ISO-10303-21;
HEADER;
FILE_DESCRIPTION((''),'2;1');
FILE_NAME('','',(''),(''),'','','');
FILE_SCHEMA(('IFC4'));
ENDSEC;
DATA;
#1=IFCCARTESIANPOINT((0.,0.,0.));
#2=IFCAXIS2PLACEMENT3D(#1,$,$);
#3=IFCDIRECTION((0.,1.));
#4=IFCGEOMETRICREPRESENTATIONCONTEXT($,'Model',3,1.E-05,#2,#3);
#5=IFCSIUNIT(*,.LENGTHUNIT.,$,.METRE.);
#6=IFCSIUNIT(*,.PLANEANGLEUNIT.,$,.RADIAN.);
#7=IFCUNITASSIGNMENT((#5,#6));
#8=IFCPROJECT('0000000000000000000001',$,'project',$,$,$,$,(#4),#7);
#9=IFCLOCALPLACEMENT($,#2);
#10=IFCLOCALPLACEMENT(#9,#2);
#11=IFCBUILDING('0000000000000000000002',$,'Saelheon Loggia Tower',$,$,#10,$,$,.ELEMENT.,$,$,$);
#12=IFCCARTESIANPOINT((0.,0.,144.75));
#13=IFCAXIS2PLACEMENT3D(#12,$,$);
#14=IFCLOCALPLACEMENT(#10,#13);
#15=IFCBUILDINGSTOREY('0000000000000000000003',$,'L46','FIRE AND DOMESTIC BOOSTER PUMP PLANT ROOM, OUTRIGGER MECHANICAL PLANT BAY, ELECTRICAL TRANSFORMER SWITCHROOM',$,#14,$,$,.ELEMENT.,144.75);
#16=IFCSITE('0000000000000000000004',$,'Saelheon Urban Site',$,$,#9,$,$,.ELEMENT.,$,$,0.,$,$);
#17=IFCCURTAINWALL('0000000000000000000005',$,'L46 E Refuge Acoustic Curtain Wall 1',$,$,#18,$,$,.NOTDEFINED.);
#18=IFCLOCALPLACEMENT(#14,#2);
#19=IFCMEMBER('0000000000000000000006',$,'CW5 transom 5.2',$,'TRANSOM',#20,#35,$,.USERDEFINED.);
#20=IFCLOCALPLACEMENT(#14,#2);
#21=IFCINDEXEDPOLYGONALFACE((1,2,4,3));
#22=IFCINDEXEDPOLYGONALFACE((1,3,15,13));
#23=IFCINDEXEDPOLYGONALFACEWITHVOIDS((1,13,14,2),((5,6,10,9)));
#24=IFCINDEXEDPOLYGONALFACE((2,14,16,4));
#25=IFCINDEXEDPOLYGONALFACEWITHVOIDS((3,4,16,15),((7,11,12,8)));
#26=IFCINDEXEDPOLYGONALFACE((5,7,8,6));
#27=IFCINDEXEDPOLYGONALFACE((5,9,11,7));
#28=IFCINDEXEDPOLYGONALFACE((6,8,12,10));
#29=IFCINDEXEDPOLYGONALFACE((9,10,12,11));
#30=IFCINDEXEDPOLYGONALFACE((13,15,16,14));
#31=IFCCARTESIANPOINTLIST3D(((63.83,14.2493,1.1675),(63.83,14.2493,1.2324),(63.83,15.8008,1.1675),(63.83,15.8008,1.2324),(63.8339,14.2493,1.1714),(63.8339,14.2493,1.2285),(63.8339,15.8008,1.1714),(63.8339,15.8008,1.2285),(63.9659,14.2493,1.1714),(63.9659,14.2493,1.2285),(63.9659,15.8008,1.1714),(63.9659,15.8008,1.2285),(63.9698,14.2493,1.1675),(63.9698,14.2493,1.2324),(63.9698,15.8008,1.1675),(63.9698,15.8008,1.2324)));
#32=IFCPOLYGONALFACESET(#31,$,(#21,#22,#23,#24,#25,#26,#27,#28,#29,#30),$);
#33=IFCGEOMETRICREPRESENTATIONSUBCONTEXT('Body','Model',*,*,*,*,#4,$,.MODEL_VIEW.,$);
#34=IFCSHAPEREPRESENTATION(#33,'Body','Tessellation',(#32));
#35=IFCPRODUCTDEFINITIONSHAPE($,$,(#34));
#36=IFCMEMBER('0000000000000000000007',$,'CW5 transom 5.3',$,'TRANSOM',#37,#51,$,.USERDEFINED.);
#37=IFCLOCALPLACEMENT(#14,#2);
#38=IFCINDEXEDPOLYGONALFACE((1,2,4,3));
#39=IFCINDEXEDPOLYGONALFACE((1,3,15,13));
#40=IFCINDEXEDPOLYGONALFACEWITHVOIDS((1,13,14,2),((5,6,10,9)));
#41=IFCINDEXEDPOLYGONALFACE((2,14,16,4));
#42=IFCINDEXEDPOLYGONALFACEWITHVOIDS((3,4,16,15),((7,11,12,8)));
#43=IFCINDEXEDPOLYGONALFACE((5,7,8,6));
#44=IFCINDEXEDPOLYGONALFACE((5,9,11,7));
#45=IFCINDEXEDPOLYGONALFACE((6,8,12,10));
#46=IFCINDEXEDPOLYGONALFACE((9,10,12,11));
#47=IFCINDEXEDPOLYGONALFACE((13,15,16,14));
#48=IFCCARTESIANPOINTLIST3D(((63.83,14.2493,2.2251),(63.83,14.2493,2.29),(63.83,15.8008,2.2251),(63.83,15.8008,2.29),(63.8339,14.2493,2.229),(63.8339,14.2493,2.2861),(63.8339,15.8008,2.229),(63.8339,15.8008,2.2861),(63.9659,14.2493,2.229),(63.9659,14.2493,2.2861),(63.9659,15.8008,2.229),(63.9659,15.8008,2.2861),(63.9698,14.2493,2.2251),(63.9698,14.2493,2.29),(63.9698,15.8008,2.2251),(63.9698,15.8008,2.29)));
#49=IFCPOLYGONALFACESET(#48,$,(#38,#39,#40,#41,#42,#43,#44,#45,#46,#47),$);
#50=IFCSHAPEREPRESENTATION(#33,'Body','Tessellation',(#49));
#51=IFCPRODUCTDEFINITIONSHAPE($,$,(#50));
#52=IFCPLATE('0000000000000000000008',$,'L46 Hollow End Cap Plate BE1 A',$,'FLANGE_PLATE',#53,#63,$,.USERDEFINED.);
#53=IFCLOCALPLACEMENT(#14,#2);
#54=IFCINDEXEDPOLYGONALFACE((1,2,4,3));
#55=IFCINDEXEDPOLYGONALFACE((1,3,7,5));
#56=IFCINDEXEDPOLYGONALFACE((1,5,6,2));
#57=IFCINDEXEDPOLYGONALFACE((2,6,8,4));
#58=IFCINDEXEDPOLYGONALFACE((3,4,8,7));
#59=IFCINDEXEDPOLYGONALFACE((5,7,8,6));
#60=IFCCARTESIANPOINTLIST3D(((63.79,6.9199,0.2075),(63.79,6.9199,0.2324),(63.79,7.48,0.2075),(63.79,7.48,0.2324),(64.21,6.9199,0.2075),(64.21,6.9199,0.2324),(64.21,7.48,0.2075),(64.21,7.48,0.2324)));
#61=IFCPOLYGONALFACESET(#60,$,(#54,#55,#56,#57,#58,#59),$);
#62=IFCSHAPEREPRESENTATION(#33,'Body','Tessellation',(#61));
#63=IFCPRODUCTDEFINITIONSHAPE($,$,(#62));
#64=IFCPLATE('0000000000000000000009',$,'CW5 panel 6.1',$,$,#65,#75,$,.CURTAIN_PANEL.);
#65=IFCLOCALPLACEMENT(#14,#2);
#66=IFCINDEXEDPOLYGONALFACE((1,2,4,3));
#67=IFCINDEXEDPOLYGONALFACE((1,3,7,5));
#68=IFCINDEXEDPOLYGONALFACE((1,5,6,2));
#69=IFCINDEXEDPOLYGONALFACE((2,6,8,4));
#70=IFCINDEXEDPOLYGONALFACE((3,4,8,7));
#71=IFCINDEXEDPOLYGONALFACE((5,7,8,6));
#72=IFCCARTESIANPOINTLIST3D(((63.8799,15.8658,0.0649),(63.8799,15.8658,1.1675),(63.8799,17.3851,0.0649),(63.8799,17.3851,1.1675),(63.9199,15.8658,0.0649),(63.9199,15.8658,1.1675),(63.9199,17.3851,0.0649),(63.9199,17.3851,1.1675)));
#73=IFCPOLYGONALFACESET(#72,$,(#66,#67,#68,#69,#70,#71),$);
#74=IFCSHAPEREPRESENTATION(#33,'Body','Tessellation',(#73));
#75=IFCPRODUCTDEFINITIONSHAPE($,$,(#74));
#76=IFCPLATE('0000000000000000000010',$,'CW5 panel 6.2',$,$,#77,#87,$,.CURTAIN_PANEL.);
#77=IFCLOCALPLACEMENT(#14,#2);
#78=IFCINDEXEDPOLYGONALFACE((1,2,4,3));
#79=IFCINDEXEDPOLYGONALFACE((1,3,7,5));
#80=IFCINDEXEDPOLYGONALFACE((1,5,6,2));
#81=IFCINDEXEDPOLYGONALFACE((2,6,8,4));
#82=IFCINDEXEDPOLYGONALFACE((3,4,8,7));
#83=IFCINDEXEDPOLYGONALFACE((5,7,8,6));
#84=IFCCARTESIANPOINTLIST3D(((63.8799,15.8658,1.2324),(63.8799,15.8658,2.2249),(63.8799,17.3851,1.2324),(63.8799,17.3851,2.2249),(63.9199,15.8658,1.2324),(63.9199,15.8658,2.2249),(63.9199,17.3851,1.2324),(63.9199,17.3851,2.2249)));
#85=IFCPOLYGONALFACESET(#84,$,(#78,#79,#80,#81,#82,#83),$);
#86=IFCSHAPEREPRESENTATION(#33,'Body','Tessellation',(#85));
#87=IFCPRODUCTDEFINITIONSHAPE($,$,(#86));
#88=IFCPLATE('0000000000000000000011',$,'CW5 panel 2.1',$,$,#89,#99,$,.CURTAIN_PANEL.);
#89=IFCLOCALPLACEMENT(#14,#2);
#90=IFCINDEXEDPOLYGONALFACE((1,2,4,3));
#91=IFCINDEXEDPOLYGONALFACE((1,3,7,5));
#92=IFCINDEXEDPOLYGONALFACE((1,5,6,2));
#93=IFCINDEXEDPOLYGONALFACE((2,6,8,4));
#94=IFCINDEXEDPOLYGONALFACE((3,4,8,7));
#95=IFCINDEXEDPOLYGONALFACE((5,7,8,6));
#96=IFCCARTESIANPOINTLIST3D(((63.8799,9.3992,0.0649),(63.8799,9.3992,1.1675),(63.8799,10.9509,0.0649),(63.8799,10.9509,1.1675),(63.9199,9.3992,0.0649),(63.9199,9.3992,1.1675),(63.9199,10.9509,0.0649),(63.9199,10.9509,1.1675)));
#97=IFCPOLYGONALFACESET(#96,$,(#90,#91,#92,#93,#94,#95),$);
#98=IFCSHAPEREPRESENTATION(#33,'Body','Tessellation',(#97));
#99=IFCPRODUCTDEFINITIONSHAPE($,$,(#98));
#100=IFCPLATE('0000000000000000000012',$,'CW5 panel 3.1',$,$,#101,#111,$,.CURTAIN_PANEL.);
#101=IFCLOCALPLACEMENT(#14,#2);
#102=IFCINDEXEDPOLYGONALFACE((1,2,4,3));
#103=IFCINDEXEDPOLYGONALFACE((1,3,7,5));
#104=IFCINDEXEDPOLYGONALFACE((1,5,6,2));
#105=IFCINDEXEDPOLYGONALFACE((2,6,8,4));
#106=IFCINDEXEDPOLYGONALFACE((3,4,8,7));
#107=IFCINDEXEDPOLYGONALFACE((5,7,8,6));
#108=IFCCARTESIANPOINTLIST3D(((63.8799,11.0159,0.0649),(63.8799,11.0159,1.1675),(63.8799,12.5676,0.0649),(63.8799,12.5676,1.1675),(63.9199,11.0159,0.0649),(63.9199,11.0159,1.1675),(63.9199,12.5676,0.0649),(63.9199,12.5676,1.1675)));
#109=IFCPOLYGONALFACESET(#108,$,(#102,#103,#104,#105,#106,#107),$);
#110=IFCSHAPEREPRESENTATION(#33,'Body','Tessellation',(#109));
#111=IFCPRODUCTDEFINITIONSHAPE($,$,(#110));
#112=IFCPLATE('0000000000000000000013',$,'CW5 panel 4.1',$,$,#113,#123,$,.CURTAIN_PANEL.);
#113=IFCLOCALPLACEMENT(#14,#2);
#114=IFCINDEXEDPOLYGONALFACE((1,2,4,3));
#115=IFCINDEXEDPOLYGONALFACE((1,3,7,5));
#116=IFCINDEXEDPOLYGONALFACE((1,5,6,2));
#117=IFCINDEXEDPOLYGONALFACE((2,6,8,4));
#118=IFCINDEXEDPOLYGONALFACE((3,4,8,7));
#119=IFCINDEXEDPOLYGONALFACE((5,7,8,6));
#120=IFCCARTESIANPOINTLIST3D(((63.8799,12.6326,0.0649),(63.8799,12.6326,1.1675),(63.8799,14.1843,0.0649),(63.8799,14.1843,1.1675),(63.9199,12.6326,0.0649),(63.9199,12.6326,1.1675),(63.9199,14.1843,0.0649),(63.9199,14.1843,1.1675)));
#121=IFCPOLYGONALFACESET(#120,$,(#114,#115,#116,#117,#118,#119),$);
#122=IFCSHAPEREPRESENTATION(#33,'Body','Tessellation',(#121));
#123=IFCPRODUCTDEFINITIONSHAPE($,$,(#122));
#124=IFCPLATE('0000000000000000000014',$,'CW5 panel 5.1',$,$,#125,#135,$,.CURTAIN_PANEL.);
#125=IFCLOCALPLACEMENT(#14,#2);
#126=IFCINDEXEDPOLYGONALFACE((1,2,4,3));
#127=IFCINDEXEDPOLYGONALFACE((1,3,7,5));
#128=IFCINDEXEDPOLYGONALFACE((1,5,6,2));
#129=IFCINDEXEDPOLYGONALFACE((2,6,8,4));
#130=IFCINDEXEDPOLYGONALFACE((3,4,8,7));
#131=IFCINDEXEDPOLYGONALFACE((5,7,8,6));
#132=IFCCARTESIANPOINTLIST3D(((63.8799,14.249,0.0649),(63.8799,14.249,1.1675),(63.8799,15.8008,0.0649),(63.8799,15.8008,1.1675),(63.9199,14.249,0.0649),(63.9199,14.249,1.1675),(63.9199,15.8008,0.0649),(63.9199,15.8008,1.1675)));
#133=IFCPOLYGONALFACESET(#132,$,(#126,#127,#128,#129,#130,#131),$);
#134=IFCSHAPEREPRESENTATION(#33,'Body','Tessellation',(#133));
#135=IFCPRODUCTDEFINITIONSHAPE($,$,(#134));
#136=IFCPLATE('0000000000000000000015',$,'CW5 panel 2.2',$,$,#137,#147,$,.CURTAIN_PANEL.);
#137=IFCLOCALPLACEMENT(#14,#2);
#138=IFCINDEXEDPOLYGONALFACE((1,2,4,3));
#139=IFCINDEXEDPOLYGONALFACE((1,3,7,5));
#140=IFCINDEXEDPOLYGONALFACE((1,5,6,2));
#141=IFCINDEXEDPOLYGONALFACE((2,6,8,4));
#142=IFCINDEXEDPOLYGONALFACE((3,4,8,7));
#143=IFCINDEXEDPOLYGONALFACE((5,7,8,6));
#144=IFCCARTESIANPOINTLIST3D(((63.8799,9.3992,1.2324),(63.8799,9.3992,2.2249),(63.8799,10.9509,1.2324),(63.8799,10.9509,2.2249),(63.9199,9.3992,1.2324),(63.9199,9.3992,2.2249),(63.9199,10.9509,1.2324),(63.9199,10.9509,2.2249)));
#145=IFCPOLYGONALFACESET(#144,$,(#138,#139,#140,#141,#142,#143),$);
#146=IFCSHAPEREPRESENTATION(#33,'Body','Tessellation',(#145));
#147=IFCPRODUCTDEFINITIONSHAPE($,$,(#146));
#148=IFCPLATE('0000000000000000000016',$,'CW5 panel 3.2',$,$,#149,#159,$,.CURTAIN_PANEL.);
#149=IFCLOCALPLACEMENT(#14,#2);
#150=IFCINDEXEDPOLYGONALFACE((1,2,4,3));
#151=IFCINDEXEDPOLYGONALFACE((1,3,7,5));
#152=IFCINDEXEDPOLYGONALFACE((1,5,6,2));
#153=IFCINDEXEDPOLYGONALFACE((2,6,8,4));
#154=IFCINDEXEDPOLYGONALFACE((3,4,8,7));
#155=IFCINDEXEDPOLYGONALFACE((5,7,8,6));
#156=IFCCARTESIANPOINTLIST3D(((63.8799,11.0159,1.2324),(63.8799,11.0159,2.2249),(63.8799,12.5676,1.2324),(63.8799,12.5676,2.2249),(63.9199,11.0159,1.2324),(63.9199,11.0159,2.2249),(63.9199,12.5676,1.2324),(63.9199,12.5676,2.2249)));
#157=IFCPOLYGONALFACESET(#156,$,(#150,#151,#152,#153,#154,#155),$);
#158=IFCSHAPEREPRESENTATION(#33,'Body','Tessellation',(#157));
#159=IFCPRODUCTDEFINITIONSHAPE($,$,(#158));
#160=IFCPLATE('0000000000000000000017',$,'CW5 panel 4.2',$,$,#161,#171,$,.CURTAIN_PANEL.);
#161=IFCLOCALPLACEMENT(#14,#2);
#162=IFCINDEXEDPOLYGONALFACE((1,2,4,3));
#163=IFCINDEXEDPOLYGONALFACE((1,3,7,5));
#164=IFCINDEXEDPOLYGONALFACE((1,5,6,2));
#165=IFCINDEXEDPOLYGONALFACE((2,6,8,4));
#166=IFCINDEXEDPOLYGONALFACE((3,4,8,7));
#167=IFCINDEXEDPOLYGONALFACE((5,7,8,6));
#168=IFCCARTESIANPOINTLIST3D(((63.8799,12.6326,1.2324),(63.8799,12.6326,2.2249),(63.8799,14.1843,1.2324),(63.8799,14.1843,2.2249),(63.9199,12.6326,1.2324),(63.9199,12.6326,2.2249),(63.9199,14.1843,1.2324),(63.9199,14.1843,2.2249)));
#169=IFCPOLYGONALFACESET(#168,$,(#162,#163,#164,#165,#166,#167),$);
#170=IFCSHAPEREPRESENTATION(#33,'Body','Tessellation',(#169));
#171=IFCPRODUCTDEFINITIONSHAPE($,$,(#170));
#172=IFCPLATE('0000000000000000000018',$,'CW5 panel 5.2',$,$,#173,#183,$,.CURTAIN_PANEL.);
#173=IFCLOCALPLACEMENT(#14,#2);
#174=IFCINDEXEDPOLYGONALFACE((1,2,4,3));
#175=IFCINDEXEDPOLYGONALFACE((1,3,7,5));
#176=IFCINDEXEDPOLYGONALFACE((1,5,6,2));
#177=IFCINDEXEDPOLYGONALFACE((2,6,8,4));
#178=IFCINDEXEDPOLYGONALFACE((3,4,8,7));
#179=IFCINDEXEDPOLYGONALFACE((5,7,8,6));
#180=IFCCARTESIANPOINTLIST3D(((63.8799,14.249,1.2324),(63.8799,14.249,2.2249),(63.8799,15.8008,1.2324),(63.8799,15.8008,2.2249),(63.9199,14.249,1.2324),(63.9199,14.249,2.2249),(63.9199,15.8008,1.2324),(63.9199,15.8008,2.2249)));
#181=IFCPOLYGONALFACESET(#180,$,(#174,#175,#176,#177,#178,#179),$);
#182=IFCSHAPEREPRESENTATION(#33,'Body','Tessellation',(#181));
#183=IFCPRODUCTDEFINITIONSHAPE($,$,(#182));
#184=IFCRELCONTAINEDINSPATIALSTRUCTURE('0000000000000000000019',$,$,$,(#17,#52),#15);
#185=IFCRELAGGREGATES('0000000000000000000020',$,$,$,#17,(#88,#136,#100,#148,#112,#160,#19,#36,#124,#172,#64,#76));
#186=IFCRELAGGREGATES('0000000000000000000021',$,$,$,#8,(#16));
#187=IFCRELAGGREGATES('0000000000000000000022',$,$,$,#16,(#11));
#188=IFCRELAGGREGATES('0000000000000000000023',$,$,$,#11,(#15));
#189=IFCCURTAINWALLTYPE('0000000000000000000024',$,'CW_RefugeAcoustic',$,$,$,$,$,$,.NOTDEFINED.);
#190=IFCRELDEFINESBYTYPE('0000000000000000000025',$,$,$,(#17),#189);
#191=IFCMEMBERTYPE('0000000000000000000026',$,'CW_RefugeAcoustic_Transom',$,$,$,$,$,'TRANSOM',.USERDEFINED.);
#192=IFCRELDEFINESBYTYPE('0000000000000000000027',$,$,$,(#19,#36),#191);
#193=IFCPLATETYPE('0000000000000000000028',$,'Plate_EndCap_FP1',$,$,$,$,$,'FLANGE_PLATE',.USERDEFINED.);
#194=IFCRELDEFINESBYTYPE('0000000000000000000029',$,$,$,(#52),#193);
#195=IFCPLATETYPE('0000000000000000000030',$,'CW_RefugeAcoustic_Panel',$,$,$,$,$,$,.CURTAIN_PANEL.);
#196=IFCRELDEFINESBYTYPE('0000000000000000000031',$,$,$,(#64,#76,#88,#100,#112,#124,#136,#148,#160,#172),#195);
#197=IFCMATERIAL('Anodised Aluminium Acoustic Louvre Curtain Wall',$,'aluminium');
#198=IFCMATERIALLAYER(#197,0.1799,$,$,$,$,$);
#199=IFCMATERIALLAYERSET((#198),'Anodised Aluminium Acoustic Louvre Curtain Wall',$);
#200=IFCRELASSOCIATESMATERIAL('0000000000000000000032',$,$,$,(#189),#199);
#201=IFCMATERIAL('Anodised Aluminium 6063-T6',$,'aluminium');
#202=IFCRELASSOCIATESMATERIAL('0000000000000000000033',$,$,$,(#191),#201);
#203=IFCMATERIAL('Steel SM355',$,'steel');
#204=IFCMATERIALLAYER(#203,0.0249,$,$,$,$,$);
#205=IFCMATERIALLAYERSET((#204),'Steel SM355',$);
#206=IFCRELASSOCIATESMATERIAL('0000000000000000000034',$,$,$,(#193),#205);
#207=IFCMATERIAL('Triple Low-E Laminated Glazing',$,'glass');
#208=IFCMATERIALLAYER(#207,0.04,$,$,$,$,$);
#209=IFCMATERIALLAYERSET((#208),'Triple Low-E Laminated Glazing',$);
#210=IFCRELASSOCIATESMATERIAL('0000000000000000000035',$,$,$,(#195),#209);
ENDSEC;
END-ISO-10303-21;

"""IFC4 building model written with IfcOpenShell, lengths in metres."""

from ifc_helpers import new_model, si_unit, direction, frame, origin, origin_2d, place, context, subcontext, project, spatial, rectangle, hollow_rectangle, extrude, source, transform, mapped, material, layer, layer_set, material_profile, profile_set, type_object, element, aggregate, save


model = new_model("IFC4")

# Units and contexts
model_context = context("Model", 3, precision=1e-05, world=origin(), true_north=direction((0.0, 1.0)))
body_context = subcontext(model_context, "Body", "Model", "MODEL_VIEW")
ifc_project = project(units=[si_unit("LENGTHUNIT", "METRE"), si_unit("PLANEANGLEUNIT", "RADIAN")], contexts=[model_context])

# Site, building, storey
site_placement = place(None, origin())
site = spatial("IfcSite", under=ifc_project, at=site_placement, Name="Saelheon Urban Site", CompositionType="ELEMENT", RefElevation=0.0)
building_placement = place(site_placement, origin())
building = spatial("IfcBuilding", under=site, at=building_placement, Name="Saelheon Loggia Tower", CompositionType="ELEMENT")
storey_placement = place(building_placement, frame((0.0, 0.0, 144.75)))
storey = spatial("IfcBuildingStorey", under=building, at=storey_placement, Name="L46", Description="FIRE AND DOMESTIC BOOSTER PUMP PLANT ROOM, OUTRIGGER MECHANICAL PLANT BAY, ELECTRICAL TRANSFORMER SWITCHROOM", CompositionType="ELEMENT", Elevation=144.75)

# Shared definitions
ifc_material_1 = material(Name="Steel SM355", Category="steel")

# Curtain wall, members
ifc_material_2 = material(Name="Anodised Aluminium Acoustic Louvre Curtain Wall", Category="aluminium")
ifc_layer_1 = layer(ifc_material_2, 0.1799)
ifc_layer_set_1 = layer_set([ifc_layer_1], Name="Anodised Aluminium Acoustic Louvre Curtain Wall")
curtain_wall_type = type_object("IfcCurtainWallType", Name="CW_RefugeAcoustic", PredefinedType="NOTDEFINED", material=ifc_layer_set_1)
curtain_wall_placement = place(storey_placement, origin())
curtain_wall = element("IfcCurtainWall", 1, at=curtain_wall_placement, inside=storey, type_object=curtain_wall_type, Name="L46 E Refuge Acoustic Curtain Wall 1", PredefinedType="NOTDEFINED")
ifc_material_3 = material(Name="Anodised Aluminium 6063-T6", Category="aluminium")
ifc_material_profile_1 = material_profile(ifc_material_3, hollow_rectangle(XDim=0.0649, YDim=0.1399, WallThickness=0.0039, at=origin_2d()), Name="RHS-140x65x4")
ifc_profile_set_1 = profile_set([ifc_material_profile_1], Name="Anodised Aluminium 6063-T6")
member_type_1 = type_object("IfcMemberType", Name="CW_RefugeAcoustic_Transom", ElementType="TRANSOM", PredefinedType="USERDEFINED", material=ifc_profile_set_1)
shared_shape_1 = source(origin(), body_context, "Body", "SweptSolid", [
    extrude(hollow_rectangle(XDim=0.0649, YDim=0.1399, WallThickness=0.0039, at=origin_2d()), origin(), (0.0, 0.0, 1.0), 1.5515),
])
member_1_placement = place(storey_placement, frame((63.8999, 14.2493, 1.2), z_axis=(0.0, 1.0, 0.0), x_axis=(0.0, 0.0, 1.0)))
member_1 = element("IfcMember", 2, at=member_1_placement, type_object=member_type_1, Name="CW5 transom 5.2", ObjectType="TRANSOM", PredefinedType="USERDEFINED", context=body_context, shape_type="MappedRepresentation", body=[
    mapped(shared_shape_1, transform((0.0, 0.0, 0.0), scale=1.0)),
])
member_2_placement = place(storey_placement, frame((63.8999, 14.2493, 2.2576), z_axis=(0.0, 1.0, 0.0), x_axis=(0.0, 0.0, 1.0)))
member_2 = element("IfcMember", 3, at=member_2_placement, type_object=member_type_1, Name="CW5 transom 5.3", ObjectType="TRANSOM", PredefinedType="USERDEFINED", context=body_context, shape_type="MappedRepresentation", body=[
    mapped(shared_shape_1, transform((0.0, 0.0, 0.0), scale=1.0)),
])

# Plates
ifc_layer_2 = layer(ifc_material_1, 0.0249)
ifc_layer_set_2 = layer_set([ifc_layer_2], Name="Steel SM355")
plate_type_1 = type_object("IfcPlateType", Name="Plate_EndCap_FP1", ElementType="FLANGE_PLATE", PredefinedType="USERDEFINED", material=ifc_layer_set_2)
shared_shape_2 = source(origin(), body_context, "Body", "SweptSolid", [
    extrude(rectangle(XDim=0.5601, YDim=0.4199, at=origin_2d()), origin(), (0.0, 0.0, 1.0), 0.0249),
])
plate_1_placement = place(storey_placement, frame((64.0, 7.2, 0.2075), z_axis=(0.0, 0.0, 1.0), x_axis=(0.0, 1.0, 0.0)))
element("IfcPlate", 4, at=plate_1_placement, inside=storey, type_object=plate_type_1, Name="L46 Hollow End Cap Plate BE1 A", ObjectType="FLANGE_PLATE", PredefinedType="USERDEFINED", context=body_context, shape_type="MappedRepresentation", body=[
    mapped(shared_shape_2, transform((0.0, 0.0, 0.0), scale=1.0)),
])
ifc_material_4 = material(Name="Triple Low-E Laminated Glazing", Category="glass")
ifc_layer_3 = layer(ifc_material_4, 0.04)
ifc_layer_set_3 = layer_set([ifc_layer_3], Name="Triple Low-E Laminated Glazing")
plate_type_2 = type_object("IfcPlateType", Name="CW_RefugeAcoustic_Panel", PredefinedType="CURTAIN_PANEL", material=ifc_layer_set_3)
shared_shape_3 = source(origin(), body_context, "Body", "SweptSolid", [
    extrude(rectangle(XDim=1.5193, YDim=0.04, at=origin_2d()), origin(), (0.0, 0.0, 1.0), 1.1025),
])
plate_2_placement = place(storey_placement, frame((63.8999, 16.6255, 0.0649), z_axis=(0.0, 0.0, 1.0), x_axis=(0.0, 1.0, 0.0)))
plate_2 = element("IfcPlate", 5, at=plate_2_placement, type_object=plate_type_2, Name="CW5 panel 6.1", PredefinedType="CURTAIN_PANEL", context=body_context, shape_type="MappedRepresentation", body=[
    mapped(shared_shape_3, transform((0.0, 0.0, 0.0), scale=1.0)),
])
shared_shape_4 = source(origin(), body_context, "Body", "SweptSolid", [
    extrude(rectangle(XDim=1.5193, YDim=0.04, at=origin_2d()), origin(), (0.0, 0.0, 1.0), 0.9924),
])
plate_3_placement = place(storey_placement, frame((63.8999, 16.6255, 1.2324), z_axis=(0.0, 0.0, 1.0), x_axis=(0.0, 1.0, 0.0)))
plate_3 = element("IfcPlate", 6, at=plate_3_placement, type_object=plate_type_2, Name="CW5 panel 6.2", PredefinedType="CURTAIN_PANEL", context=body_context, shape_type="MappedRepresentation", body=[
    mapped(shared_shape_4, transform((0.0, 0.0, 0.0), scale=1.0)),
])
shared_shape_5 = source(origin(), body_context, "Body", "SweptSolid", [
    extrude(rectangle(XDim=1.5518, YDim=0.04, at=origin_2d()), origin(), (0.0, 0.0, 1.0), 1.1025),
])
plate_4_placement = place(storey_placement, frame((63.8999, 10.175, 0.0649), z_axis=(0.0, 0.0, 1.0), x_axis=(0.0, 1.0, 0.0)))
plate_4 = element("IfcPlate", 7, at=plate_4_placement, type_object=plate_type_2, Name="CW5 panel 2.1", PredefinedType="CURTAIN_PANEL", context=body_context, shape_type="MappedRepresentation", body=[
    mapped(shared_shape_5, transform((0.0, 0.0, 0.0), scale=1.0)),
])
plate_5_placement = place(storey_placement, frame((63.8999, 11.7917, 0.0649), z_axis=(0.0, 0.0, 1.0), x_axis=(0.0, 1.0, 0.0)))
plate_5 = element("IfcPlate", 8, at=plate_5_placement, type_object=plate_type_2, Name="CW5 panel 3.1", PredefinedType="CURTAIN_PANEL", context=body_context, shape_type="MappedRepresentation", body=[
    mapped(shared_shape_5, transform((0.0, 0.0, 0.0), scale=1.0)),
])
plate_6_placement = place(storey_placement, frame((63.8999, 13.4084, 0.0649), z_axis=(0.0, 0.0, 1.0), x_axis=(0.0, 1.0, 0.0)))
plate_6 = element("IfcPlate", 9, at=plate_6_placement, type_object=plate_type_2, Name="CW5 panel 4.1", PredefinedType="CURTAIN_PANEL", context=body_context, shape_type="MappedRepresentation", body=[
    mapped(shared_shape_5, transform((0.0, 0.0, 0.0), scale=1.0)),
])
plate_7_placement = place(storey_placement, frame((63.8999, 15.0249, 0.0649), z_axis=(0.0, 0.0, 1.0), x_axis=(0.0, 1.0, 0.0)))
plate_7 = element("IfcPlate", 10, at=plate_7_placement, type_object=plate_type_2, Name="CW5 panel 5.1", PredefinedType="CURTAIN_PANEL", context=body_context, shape_type="MappedRepresentation", body=[
    mapped(shared_shape_5, transform((0.0, 0.0, 0.0), scale=1.0)),
])
shared_shape_6 = source(origin(), body_context, "Body", "SweptSolid", [
    extrude(rectangle(XDim=1.5518, YDim=0.04, at=origin_2d()), origin(), (0.0, 0.0, 1.0), 0.9924),
])
plate_8_placement = place(storey_placement, frame((63.8999, 10.175, 1.2324), z_axis=(0.0, 0.0, 1.0), x_axis=(0.0, 1.0, 0.0)))
plate_8 = element("IfcPlate", 11, at=plate_8_placement, type_object=plate_type_2, Name="CW5 panel 2.2", PredefinedType="CURTAIN_PANEL", context=body_context, shape_type="MappedRepresentation", body=[
    mapped(shared_shape_6, transform((0.0, 0.0, 0.0), scale=1.0)),
])
plate_9_placement = place(storey_placement, frame((63.8999, 11.7917, 1.2324), z_axis=(0.0, 0.0, 1.0), x_axis=(0.0, 1.0, 0.0)))
plate_9 = element("IfcPlate", 12, at=plate_9_placement, type_object=plate_type_2, Name="CW5 panel 3.2", PredefinedType="CURTAIN_PANEL", context=body_context, shape_type="MappedRepresentation", body=[
    mapped(shared_shape_6, transform((0.0, 0.0, 0.0), scale=1.0)),
])
plate_10_placement = place(storey_placement, frame((63.8999, 13.4084, 1.2324), z_axis=(0.0, 0.0, 1.0), x_axis=(0.0, 1.0, 0.0)))
plate_10 = element("IfcPlate", 13, at=plate_10_placement, type_object=plate_type_2, Name="CW5 panel 4.2", PredefinedType="CURTAIN_PANEL", context=body_context, shape_type="MappedRepresentation", body=[
    mapped(shared_shape_6, transform((0.0, 0.0, 0.0), scale=1.0)),
])
plate_11_placement = place(storey_placement, frame((63.8999, 15.0249, 1.2324), z_axis=(0.0, 0.0, 1.0), x_axis=(0.0, 1.0, 0.0)))
plate_11 = element("IfcPlate", 14, at=plate_11_placement, type_object=plate_type_2, Name="CW5 panel 5.2", PredefinedType="CURTAIN_PANEL", context=body_context, shape_type="MappedRepresentation", body=[
    mapped(shared_shape_6, transform((0.0, 0.0, 0.0), scale=1.0)),
])
aggregate(curtain_wall, [plate_4, plate_8, plate_5, plate_9, plate_6, plate_10, member_1, member_2, plate_7, plate_11, plate_2, plate_3])

save(model, "model.ifc")
